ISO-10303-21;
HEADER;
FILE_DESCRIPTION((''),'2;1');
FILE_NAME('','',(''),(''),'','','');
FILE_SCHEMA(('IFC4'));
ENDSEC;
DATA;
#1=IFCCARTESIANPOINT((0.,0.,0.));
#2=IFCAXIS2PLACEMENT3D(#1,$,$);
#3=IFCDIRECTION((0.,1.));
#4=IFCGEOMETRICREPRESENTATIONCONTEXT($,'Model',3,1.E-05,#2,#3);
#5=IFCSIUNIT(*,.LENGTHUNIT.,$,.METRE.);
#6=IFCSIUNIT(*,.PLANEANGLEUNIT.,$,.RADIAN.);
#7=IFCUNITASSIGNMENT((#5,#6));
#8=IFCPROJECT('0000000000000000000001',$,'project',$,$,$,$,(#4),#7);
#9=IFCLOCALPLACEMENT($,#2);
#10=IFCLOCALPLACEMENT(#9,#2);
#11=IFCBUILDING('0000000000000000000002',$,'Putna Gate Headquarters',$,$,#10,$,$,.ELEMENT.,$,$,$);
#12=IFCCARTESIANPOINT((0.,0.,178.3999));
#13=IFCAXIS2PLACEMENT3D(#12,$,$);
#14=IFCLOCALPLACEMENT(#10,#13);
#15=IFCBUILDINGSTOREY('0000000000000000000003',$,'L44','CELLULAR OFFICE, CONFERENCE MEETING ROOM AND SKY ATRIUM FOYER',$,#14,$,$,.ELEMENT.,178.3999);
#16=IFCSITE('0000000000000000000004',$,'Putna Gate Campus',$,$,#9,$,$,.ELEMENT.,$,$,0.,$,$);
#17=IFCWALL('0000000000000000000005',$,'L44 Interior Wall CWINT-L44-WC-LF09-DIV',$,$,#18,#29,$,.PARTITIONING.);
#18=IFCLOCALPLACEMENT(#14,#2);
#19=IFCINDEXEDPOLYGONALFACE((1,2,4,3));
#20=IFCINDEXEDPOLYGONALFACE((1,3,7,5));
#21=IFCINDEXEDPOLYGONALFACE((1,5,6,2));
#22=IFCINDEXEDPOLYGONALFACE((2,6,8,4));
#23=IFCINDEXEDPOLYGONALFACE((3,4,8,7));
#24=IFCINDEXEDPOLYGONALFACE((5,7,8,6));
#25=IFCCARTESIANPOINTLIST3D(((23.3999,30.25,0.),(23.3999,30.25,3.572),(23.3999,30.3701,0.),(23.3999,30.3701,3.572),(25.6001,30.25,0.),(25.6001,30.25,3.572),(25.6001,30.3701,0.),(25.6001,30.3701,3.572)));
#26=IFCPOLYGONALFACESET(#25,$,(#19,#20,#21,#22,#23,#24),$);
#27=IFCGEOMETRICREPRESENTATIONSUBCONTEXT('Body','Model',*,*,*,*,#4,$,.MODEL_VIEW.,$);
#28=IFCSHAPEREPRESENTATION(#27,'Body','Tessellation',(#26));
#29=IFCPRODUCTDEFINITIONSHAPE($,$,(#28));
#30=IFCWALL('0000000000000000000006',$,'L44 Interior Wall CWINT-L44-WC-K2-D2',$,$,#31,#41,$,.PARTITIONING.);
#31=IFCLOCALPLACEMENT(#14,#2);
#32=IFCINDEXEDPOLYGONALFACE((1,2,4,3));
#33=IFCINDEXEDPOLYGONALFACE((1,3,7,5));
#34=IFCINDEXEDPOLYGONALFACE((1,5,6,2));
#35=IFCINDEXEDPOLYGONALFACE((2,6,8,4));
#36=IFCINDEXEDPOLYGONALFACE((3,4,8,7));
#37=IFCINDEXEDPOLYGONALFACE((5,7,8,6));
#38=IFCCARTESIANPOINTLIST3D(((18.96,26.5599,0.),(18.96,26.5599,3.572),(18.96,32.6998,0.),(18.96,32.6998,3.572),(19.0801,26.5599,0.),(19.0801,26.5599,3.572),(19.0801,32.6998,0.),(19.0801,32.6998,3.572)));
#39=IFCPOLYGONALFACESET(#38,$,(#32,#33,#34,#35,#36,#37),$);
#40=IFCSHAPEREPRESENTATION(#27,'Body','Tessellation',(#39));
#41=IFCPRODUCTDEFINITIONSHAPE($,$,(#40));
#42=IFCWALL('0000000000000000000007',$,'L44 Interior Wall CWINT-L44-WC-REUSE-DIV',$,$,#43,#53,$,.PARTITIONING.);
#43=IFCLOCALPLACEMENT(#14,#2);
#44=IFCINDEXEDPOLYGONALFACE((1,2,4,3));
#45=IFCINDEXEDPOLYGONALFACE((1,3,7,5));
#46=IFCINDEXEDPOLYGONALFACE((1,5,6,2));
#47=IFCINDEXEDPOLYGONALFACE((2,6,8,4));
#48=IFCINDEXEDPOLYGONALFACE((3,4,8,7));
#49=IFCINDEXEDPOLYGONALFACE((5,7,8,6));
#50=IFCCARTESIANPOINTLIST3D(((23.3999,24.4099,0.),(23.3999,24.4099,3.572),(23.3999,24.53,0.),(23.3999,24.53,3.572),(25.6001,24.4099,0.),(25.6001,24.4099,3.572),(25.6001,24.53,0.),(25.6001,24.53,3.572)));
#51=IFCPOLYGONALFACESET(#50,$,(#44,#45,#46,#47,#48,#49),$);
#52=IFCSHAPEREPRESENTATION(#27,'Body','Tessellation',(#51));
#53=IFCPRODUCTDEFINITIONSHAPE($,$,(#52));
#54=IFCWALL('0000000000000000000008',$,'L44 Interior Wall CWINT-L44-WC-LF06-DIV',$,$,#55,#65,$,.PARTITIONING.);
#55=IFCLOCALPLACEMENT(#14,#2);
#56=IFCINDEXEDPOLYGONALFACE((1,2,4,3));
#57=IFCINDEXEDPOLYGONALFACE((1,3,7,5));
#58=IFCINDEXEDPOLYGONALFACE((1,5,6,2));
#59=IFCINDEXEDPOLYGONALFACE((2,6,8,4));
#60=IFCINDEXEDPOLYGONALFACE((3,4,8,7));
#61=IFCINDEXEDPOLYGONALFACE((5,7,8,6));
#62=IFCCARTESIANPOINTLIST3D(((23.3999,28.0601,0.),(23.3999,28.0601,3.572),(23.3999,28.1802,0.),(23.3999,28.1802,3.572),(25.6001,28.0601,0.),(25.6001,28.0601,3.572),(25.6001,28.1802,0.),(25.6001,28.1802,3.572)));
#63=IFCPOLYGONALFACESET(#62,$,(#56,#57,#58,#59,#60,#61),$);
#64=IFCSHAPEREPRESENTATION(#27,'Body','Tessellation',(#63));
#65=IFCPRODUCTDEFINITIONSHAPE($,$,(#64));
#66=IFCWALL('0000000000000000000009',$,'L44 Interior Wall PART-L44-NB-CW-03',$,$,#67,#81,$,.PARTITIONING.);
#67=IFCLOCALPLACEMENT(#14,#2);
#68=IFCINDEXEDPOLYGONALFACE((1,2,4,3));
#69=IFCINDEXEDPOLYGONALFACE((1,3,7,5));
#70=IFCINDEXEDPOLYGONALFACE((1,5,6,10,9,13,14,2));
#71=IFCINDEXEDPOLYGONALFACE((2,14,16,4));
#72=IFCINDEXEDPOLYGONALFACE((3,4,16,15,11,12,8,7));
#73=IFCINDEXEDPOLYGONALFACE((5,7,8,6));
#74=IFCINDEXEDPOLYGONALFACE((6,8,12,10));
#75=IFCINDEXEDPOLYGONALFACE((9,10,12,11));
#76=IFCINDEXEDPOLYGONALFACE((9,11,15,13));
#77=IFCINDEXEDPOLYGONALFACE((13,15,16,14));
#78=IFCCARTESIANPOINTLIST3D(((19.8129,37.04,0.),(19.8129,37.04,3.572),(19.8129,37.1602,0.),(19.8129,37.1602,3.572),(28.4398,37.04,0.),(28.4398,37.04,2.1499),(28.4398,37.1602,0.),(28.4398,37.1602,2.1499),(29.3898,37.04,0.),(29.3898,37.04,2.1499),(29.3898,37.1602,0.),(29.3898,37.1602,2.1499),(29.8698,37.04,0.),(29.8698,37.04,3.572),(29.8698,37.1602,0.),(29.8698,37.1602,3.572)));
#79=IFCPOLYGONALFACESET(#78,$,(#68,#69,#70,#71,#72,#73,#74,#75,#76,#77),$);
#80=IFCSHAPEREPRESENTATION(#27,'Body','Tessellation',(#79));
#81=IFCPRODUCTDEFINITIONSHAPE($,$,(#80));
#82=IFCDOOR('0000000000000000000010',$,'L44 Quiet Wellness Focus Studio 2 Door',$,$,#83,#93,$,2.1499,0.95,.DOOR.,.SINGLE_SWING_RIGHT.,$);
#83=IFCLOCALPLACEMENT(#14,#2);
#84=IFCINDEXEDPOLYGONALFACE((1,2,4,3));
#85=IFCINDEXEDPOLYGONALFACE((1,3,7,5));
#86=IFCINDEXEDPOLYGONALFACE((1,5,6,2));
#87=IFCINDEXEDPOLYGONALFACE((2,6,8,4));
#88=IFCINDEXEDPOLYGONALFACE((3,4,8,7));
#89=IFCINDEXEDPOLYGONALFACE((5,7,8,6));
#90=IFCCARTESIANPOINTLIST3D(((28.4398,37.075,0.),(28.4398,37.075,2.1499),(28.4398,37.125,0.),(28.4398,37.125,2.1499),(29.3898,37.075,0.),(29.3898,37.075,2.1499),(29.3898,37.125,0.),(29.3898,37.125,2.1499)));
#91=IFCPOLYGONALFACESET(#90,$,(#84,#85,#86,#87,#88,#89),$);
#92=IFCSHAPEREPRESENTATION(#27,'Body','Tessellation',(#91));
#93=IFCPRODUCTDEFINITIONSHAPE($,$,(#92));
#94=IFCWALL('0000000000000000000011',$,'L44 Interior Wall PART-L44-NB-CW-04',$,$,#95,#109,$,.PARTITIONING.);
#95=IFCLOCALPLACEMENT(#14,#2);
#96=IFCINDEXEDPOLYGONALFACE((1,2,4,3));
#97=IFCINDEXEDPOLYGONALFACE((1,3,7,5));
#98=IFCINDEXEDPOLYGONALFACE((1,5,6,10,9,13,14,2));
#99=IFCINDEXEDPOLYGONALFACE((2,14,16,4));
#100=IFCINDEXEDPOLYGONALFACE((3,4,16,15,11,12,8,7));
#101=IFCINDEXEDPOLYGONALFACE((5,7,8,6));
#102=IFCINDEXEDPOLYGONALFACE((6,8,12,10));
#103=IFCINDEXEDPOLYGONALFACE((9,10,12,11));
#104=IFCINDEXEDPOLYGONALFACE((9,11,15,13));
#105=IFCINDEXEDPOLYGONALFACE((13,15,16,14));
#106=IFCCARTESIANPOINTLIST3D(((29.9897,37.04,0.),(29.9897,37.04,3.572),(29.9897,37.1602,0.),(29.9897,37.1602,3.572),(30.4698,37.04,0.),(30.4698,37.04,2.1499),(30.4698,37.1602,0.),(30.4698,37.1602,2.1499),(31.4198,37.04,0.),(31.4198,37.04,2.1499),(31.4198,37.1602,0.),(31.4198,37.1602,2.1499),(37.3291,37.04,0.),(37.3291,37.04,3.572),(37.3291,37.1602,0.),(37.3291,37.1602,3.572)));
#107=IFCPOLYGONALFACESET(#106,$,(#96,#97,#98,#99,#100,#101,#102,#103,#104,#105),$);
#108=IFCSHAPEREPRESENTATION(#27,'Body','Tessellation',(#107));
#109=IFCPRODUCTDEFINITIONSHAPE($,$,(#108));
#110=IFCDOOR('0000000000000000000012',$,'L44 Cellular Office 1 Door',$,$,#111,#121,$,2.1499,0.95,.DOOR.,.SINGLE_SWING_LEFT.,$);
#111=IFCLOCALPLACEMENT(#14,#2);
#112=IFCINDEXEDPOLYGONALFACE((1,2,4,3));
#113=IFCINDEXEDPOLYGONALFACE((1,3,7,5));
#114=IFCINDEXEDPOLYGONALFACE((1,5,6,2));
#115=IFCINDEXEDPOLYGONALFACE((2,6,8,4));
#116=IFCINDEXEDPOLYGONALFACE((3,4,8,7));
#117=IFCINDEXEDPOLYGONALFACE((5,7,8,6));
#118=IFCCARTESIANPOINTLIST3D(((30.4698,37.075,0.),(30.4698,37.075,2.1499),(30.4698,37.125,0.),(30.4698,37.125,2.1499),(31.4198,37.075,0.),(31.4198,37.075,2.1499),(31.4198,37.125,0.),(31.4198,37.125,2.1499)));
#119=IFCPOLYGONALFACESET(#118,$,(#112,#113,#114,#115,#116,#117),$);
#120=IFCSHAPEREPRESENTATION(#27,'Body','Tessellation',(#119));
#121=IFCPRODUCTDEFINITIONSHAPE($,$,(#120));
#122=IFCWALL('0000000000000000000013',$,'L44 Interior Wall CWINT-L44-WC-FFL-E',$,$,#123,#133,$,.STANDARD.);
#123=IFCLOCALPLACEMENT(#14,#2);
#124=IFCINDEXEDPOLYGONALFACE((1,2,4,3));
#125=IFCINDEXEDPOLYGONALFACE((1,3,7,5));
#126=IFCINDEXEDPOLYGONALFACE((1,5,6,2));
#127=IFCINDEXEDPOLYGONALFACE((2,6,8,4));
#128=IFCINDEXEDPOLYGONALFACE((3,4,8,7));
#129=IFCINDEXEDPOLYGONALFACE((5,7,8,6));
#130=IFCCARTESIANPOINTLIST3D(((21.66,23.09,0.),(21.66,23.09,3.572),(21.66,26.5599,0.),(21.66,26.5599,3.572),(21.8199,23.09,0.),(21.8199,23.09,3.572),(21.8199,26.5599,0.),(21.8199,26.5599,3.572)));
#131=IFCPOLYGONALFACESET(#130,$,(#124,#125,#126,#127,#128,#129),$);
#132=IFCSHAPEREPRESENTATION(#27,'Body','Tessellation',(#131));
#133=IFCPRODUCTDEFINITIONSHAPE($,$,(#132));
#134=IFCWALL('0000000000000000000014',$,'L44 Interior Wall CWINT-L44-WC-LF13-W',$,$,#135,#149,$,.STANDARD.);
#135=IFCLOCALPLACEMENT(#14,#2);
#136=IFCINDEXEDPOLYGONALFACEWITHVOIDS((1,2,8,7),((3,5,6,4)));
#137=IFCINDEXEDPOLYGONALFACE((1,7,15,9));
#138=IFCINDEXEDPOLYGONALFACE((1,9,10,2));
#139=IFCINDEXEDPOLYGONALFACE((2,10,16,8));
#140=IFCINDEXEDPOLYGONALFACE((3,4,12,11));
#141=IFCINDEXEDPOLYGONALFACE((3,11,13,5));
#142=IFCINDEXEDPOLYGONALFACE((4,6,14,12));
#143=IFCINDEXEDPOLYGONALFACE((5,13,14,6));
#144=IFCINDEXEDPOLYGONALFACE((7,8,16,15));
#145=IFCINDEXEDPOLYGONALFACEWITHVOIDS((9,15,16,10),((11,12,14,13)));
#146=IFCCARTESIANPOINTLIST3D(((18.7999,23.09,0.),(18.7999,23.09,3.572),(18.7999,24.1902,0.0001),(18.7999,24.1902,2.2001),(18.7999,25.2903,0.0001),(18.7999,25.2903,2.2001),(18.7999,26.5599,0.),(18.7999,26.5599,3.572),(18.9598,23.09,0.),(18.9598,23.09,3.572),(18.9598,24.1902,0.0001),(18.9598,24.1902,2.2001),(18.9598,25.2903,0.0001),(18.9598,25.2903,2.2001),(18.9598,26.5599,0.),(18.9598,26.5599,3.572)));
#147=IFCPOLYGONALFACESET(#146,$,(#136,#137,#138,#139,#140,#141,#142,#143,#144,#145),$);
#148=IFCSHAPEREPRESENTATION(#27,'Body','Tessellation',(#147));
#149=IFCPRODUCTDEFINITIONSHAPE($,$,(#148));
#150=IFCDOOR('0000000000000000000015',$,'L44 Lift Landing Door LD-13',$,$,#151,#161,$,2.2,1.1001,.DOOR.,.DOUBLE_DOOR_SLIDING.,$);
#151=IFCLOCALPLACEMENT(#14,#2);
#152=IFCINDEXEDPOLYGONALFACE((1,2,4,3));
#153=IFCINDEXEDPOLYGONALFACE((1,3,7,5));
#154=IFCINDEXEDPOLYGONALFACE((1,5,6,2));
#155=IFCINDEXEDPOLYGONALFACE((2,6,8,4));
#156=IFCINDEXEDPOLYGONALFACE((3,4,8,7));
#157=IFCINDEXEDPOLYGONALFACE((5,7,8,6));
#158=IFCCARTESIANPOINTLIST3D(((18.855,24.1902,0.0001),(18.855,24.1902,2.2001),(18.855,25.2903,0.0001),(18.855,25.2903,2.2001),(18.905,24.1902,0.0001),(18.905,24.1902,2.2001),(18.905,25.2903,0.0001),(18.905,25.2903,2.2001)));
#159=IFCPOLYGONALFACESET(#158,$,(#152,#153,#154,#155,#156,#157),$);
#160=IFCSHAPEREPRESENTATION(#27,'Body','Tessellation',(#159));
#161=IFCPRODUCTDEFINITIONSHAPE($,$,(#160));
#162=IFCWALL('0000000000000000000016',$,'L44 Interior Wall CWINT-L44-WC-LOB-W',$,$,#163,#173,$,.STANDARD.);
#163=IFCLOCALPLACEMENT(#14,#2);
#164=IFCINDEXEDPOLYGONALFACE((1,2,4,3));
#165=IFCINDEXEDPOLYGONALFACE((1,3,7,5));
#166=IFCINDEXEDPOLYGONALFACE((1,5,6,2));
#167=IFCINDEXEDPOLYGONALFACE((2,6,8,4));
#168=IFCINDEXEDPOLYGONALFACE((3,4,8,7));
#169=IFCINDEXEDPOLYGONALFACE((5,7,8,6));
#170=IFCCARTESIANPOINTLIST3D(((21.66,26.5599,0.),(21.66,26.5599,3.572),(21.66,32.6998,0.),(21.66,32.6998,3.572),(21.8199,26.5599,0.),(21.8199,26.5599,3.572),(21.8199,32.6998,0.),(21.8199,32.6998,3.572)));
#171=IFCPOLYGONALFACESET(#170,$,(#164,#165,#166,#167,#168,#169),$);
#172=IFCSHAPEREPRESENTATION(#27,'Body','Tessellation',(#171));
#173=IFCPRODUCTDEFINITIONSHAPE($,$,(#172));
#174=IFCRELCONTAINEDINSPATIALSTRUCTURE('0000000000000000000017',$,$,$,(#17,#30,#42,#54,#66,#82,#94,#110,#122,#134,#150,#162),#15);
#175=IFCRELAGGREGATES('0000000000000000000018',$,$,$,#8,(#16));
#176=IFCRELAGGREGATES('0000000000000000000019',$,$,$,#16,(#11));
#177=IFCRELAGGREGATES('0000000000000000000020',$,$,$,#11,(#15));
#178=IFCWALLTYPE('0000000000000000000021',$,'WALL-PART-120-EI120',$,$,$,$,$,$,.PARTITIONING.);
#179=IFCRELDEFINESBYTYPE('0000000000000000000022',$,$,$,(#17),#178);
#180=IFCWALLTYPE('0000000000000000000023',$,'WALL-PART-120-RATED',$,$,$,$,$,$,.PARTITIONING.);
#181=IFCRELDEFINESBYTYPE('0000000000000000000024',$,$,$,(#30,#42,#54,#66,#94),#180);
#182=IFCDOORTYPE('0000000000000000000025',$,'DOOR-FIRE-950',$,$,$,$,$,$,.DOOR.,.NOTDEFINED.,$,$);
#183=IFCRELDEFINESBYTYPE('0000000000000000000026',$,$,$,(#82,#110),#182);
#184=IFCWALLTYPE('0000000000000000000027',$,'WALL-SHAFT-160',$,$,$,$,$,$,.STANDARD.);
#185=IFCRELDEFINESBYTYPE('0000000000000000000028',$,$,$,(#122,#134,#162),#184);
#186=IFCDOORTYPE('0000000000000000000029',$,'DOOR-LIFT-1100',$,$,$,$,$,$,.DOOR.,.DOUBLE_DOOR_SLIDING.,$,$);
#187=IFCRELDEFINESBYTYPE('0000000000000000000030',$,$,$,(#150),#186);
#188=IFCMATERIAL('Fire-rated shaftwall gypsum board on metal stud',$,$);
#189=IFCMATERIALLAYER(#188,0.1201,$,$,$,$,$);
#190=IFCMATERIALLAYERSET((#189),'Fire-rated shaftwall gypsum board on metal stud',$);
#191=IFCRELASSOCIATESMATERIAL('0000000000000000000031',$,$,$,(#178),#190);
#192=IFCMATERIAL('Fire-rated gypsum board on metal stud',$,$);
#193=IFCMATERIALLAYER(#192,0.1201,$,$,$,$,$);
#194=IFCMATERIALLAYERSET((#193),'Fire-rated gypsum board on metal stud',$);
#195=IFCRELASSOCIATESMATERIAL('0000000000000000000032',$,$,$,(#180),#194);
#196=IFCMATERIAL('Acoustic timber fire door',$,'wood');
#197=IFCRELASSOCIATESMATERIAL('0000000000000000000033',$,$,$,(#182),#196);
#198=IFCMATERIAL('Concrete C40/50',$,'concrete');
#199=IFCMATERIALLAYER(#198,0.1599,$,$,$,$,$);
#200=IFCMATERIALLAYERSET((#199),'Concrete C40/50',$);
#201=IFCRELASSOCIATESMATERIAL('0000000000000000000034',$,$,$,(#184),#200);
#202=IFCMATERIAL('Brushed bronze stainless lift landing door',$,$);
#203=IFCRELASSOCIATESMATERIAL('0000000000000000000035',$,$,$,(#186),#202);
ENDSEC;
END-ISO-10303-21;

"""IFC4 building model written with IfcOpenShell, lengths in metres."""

from ifc_helpers import new_model, si_unit, direction, frame, frame_2d, origin, place, context, subcontext, project, spatial, rectangle, extrude, material, layer, layer_set, type_object, element, fill, save


model = new_model("IFC4")

# Units and contexts
model_context = context("Model", 3, precision=1e-05, world=origin(), true_north=direction((0.0, 1.0)))
body_context = subcontext(model_context, "Body", "Model", "MODEL_VIEW")
ifc_project = project(units=[si_unit("LENGTHUNIT", "METRE"), si_unit("PLANEANGLEUNIT", "RADIAN")], contexts=[model_context])

# Site, building, storey
site_placement = place(None, origin())
site = spatial("IfcSite", under=ifc_project, at=site_placement, Name="Putna Gate Campus", CompositionType="ELEMENT", RefElevation=0.0)
building_placement = place(site_placement, origin())
building = spatial("IfcBuilding", under=site, at=building_placement, Name="Putna Gate Headquarters", CompositionType="ELEMENT")
storey_placement = place(building_placement, frame((0.0, 0.0, 178.3999)))
storey = spatial("IfcBuildingStorey", under=building, at=storey_placement, Name="L44", Description="CELLULAR OFFICE, CONFERENCE MEETING ROOM AND SKY ATRIUM FOYER", CompositionType="ELEMENT", Elevation=178.3999)

# Walls
ifc_material_1 = material(Name="Fire-rated shaftwall gypsum board on metal stud")
ifc_layer_1 = layer(ifc_material_1, 0.1201)
ifc_layer_set_1 = layer_set([ifc_layer_1], Name="Fire-rated shaftwall gypsum board on metal stud")
wall_type_1 = type_object("IfcWallType", Name="WALL-PART-120-EI120", PredefinedType="PARTITIONING", material=ifc_layer_set_1)
wall_1_placement = place(storey_placement, frame((23.3999, 30.3101, 0.0), z_axis=(0.0, 0.0, 1.0), x_axis=(1.0, 0.0, 0.0)))
element("IfcWall", 1, at=wall_1_placement, inside=storey, type_object=wall_type_1, Name="L44 Interior Wall CWINT-L44-WC-LF09-DIV", PredefinedType="PARTITIONING", context=body_context, shape_type="SweptSolid", body=[
    extrude(rectangle(XDim=2.2002, YDim=0.1201, at=frame_2d((1.1001, 0.0))), origin(), (0.0, 0.0, 1.0), 3.572),
])
ifc_material_2 = material(Name="Fire-rated gypsum board on metal stud")
ifc_layer_2 = layer(ifc_material_2, 0.1201)
ifc_layer_set_2 = layer_set([ifc_layer_2], Name="Fire-rated gypsum board on metal stud")
wall_type_2 = type_object("IfcWallType", Name="WALL-PART-120-RATED", PredefinedType="PARTITIONING", material=ifc_layer_set_2)
wall_2_placement = place(storey_placement, frame((19.02, 26.5601, 0.0), z_axis=(0.0, 0.0, 1.0), x_axis=(0.0, 1.0, 0.0)))
element("IfcWall", 2, at=wall_2_placement, inside=storey, type_object=wall_type_2, Name="L44 Interior Wall CWINT-L44-WC-K2-D2", PredefinedType="PARTITIONING", context=body_context, shape_type="SweptSolid", body=[
    extrude(rectangle(XDim=6.1399, YDim=0.1201, at=frame_2d((3.0698, 0.0))), origin(), (0.0, 0.0, 1.0), 3.572),
])
for number, where, z_axis, x_axis, name in (
    (3, (23.3999, 24.47, 0.0), (0.0, 0.0, 1.0), (1.0, 0.0, 0.0), "L44 Interior Wall CWINT-L44-WC-REUSE-DIV"),
    (4, (23.3999, 28.1201, 0.0), (0.0, 0.0, 1.0), (1.0, 0.0, 0.0), "L44 Interior Wall CWINT-L44-WC-LF06-DIV"),
):
    element("IfcWall", number, at=place(storey_placement, frame(where, z_axis=z_axis, x_axis=x_axis)), inside=storey, type_object=wall_type_2, Name=name, PredefinedType="PARTITIONING", context=body_context, shape_type="SweptSolid", body=[
        extrude(rectangle(XDim=2.2002, YDim=0.1201, at=frame_2d((1.1001, 0.0))), origin(), (0.0, 0.0, 1.0), 3.572),
    ])

# Walls, openings, doors
wall_3_placement = place(storey_placement, frame((19.813, 37.1001, 0.0), z_axis=(0.0, 0.0, 1.0), x_axis=(1.0, 0.0, 0.0)))
wall_3 = element("IfcWall", 5, at=wall_3_placement, inside=storey, type_object=wall_type_2, Name="L44 Interior Wall PART-L44-NB-CW-03", PredefinedType="PARTITIONING", context=body_context, shape_type="SweptSolid", body=[
    extrude(rectangle(XDim=10.0569, YDim=0.1201, at=frame_2d((5.0283, 0.0))), origin(), (0.0, 0.0, 1.0), 3.572),
])
opening_1_placement = place(wall_3_placement, frame((8.6267, 0.0, 0.0)))
opening_1 = element("IfcOpeningElement", 6, at=opening_1_placement, cuts=wall_3, PredefinedType="OPENING", context=body_context, shape_type="SweptSolid", body=[
    extrude(rectangle(XDim=0.95, YDim=2.1499, at=frame_2d((0.4751, 1.075))), frame((0.0, 0.0701, 0.0), z_axis=(0.0, -1.0, 0.0), x_axis=(1.0, 0.0, 0.0)), (0.0, 0.0, 1.0), 0.1401),
])
ifc_material_3 = material(Name="Acoustic timber fire door", Category="wood")
door_type_1 = type_object("IfcDoorType", Name="DOOR-FIRE-950", OperationType="NOTDEFINED", PredefinedType="DOOR", material=ifc_material_3)
door_1_placement = place(opening_1_placement, origin())
door_1 = element("IfcDoor", 7, at=door_1_placement, inside=storey, type_object=door_type_1, Name="L44 Quiet Wellness Focus Studio 2 Door", OperationType="SINGLE_SWING_RIGHT", OverallHeight=2.1499, OverallWidth=0.95, PredefinedType="DOOR", context=body_context, shape_type="SweptSolid", body=[
    extrude(rectangle(XDim=0.95, YDim=2.1499, at=frame_2d((0.4751, 1.075))), frame((0.0, 0.0249, 0.0), z_axis=(0.0, -1.0, 0.0), x_axis=(1.0, 0.0, 0.0)), (0.0, 0.0, 1.0), 0.05),
])
fill(opening_1, door_1)
wall_4_placement = place(storey_placement, frame((29.9897, 37.1001, 0.0), z_axis=(0.0, 0.0, 1.0), x_axis=(1.0, 0.0, 0.0)))
wall_4 = element("IfcWall", 8, at=wall_4_placement, inside=storey, type_object=wall_type_2, Name="L44 Interior Wall PART-L44-NB-CW-04", PredefinedType="PARTITIONING", context=body_context, shape_type="SweptSolid", body=[
    extrude(rectangle(XDim=7.3394, YDim=0.1201, at=frame_2d((3.6697, 0.0))), origin(), (0.0, 0.0, 1.0), 3.572),
])
opening_2_placement = place(wall_4_placement, frame((0.48, 0.0, 0.0)))
opening_2 = element("IfcOpeningElement", 9, at=opening_2_placement, cuts=wall_4, PredefinedType="OPENING", context=body_context, shape_type="SweptSolid", body=[
    extrude(rectangle(XDim=0.95, YDim=2.1499, at=frame_2d((0.4751, 1.075))), frame((0.0, 0.0701, 0.0), z_axis=(0.0, -1.0, 0.0), x_axis=(1.0, 0.0, 0.0)), (0.0, 0.0, 1.0), 0.1401),
])
door_2_placement = place(opening_2_placement, origin())
door_2 = element("IfcDoor", 10, at=door_2_placement, inside=storey, type_object=door_type_1, Name="L44 Cellular Office 1 Door", OperationType="SINGLE_SWING_LEFT", OverallHeight=2.1499, OverallWidth=0.95, PredefinedType="DOOR", context=body_context, shape_type="SweptSolid", body=[
    extrude(rectangle(XDim=0.95, YDim=2.1499, at=frame_2d((0.4751, 1.075))), frame((0.0, 0.0249, 0.0), z_axis=(0.0, -1.0, 0.0), x_axis=(1.0, 0.0, 0.0)), (0.0, 0.0, 1.0), 0.05),
])
fill(opening_2, door_2)

# Wall
ifc_material_4 = material(Name="Concrete C40/50", Category="concrete")
ifc_layer_3 = layer(ifc_material_4, 0.1599)
ifc_layer_set_3 = layer_set([ifc_layer_3], Name="Concrete C40/50")
wall_type_3 = type_object("IfcWallType", Name="WALL-SHAFT-160", PredefinedType="STANDARD", material=ifc_layer_set_3)
wall_5_placement = place(storey_placement, frame((21.74, 23.0901, 0.0), z_axis=(0.0, 0.0, 1.0), x_axis=(0.0, 1.0, 0.0)))
element("IfcWall", 11, at=wall_5_placement, inside=storey, type_object=wall_type_3, Name="L44 Interior Wall CWINT-L44-WC-FFL-E", PredefinedType="STANDARD", context=body_context, shape_type="SweptSolid", body=[
    extrude(rectangle(XDim=3.47, YDim=0.1599, at=frame_2d((1.7349, 0.0))), origin(), (0.0, 0.0, 1.0), 3.572),
])

# Wall, opening, door
wall_6_placement = place(storey_placement, frame((18.8799, 23.0901, 0.0), z_axis=(0.0, 0.0, 1.0), x_axis=(0.0, 1.0, 0.0)))
wall_6 = element("IfcWall", 12, at=wall_6_placement, inside=storey, type_object=wall_type_3, Name="L44 Interior Wall CWINT-L44-WC-LF13-W", PredefinedType="STANDARD", context=body_context, shape_type="SweptSolid", body=[
    extrude(rectangle(XDim=3.47, YDim=0.1599, at=frame_2d((1.7349, 0.0))), origin(), (0.0, 0.0, 1.0), 3.572),
])
opening_3_placement = place(wall_6_placement, frame((1.1001, 0.0, 0.0)))
opening_3 = element("IfcOpeningElement", 13, at=opening_3_placement, cuts=wall_6, PredefinedType="OPENING", context=body_context, shape_type="SweptSolid", body=[
    extrude(rectangle(XDim=1.1001, YDim=2.2, at=frame_2d((0.55, 1.1001))), frame((0.0, 0.0898, 0.0), z_axis=(0.0, -1.0, 0.0), x_axis=(1.0, 0.0, 0.0)), (0.0, 0.0, 1.0), 0.1799),
])
ifc_material_5 = material(Name="Brushed bronze stainless lift landing door")
door_type_2 = type_object("IfcDoorType", Name="DOOR-LIFT-1100", OperationType="DOUBLE_DOOR_SLIDING", PredefinedType="DOOR", material=ifc_material_5)
door_3_placement = place(opening_3_placement, origin())
door_3 = element("IfcDoor", 14, at=door_3_placement, inside=storey, type_object=door_type_2, Name="L44 Lift Landing Door LD-13", OperationType="DOUBLE_DOOR_SLIDING", OverallHeight=2.2, OverallWidth=1.1001, PredefinedType="DOOR", context=body_context, shape_type="SweptSolid", body=[
    extrude(rectangle(XDim=1.1001, YDim=2.2, at=frame_2d((0.55, 1.1001))), frame((0.0, 0.0249, 0.0), z_axis=(0.0, -1.0, 0.0), x_axis=(1.0, 0.0, 0.0)), (0.0, 0.0, 1.0), 0.05),
])
fill(opening_3, door_3)

# Wall
wall_7_placement = place(storey_placement, frame((21.74, 26.5601, 0.0), z_axis=(0.0, 0.0, 1.0), x_axis=(0.0, 1.0, 0.0)))
element("IfcWall", 15, at=wall_7_placement, inside=storey, type_object=wall_type_3, Name="L44 Interior Wall CWINT-L44-WC-LOB-W", PredefinedType="STANDARD", context=body_context, shape_type="SweptSolid", body=[
    extrude(rectangle(XDim=6.1399, YDim=0.1599, at=frame_2d((3.0698, 0.0))), origin(), (0.0, 0.0, 1.0), 3.572),
])

save(model, "model.ifc")
